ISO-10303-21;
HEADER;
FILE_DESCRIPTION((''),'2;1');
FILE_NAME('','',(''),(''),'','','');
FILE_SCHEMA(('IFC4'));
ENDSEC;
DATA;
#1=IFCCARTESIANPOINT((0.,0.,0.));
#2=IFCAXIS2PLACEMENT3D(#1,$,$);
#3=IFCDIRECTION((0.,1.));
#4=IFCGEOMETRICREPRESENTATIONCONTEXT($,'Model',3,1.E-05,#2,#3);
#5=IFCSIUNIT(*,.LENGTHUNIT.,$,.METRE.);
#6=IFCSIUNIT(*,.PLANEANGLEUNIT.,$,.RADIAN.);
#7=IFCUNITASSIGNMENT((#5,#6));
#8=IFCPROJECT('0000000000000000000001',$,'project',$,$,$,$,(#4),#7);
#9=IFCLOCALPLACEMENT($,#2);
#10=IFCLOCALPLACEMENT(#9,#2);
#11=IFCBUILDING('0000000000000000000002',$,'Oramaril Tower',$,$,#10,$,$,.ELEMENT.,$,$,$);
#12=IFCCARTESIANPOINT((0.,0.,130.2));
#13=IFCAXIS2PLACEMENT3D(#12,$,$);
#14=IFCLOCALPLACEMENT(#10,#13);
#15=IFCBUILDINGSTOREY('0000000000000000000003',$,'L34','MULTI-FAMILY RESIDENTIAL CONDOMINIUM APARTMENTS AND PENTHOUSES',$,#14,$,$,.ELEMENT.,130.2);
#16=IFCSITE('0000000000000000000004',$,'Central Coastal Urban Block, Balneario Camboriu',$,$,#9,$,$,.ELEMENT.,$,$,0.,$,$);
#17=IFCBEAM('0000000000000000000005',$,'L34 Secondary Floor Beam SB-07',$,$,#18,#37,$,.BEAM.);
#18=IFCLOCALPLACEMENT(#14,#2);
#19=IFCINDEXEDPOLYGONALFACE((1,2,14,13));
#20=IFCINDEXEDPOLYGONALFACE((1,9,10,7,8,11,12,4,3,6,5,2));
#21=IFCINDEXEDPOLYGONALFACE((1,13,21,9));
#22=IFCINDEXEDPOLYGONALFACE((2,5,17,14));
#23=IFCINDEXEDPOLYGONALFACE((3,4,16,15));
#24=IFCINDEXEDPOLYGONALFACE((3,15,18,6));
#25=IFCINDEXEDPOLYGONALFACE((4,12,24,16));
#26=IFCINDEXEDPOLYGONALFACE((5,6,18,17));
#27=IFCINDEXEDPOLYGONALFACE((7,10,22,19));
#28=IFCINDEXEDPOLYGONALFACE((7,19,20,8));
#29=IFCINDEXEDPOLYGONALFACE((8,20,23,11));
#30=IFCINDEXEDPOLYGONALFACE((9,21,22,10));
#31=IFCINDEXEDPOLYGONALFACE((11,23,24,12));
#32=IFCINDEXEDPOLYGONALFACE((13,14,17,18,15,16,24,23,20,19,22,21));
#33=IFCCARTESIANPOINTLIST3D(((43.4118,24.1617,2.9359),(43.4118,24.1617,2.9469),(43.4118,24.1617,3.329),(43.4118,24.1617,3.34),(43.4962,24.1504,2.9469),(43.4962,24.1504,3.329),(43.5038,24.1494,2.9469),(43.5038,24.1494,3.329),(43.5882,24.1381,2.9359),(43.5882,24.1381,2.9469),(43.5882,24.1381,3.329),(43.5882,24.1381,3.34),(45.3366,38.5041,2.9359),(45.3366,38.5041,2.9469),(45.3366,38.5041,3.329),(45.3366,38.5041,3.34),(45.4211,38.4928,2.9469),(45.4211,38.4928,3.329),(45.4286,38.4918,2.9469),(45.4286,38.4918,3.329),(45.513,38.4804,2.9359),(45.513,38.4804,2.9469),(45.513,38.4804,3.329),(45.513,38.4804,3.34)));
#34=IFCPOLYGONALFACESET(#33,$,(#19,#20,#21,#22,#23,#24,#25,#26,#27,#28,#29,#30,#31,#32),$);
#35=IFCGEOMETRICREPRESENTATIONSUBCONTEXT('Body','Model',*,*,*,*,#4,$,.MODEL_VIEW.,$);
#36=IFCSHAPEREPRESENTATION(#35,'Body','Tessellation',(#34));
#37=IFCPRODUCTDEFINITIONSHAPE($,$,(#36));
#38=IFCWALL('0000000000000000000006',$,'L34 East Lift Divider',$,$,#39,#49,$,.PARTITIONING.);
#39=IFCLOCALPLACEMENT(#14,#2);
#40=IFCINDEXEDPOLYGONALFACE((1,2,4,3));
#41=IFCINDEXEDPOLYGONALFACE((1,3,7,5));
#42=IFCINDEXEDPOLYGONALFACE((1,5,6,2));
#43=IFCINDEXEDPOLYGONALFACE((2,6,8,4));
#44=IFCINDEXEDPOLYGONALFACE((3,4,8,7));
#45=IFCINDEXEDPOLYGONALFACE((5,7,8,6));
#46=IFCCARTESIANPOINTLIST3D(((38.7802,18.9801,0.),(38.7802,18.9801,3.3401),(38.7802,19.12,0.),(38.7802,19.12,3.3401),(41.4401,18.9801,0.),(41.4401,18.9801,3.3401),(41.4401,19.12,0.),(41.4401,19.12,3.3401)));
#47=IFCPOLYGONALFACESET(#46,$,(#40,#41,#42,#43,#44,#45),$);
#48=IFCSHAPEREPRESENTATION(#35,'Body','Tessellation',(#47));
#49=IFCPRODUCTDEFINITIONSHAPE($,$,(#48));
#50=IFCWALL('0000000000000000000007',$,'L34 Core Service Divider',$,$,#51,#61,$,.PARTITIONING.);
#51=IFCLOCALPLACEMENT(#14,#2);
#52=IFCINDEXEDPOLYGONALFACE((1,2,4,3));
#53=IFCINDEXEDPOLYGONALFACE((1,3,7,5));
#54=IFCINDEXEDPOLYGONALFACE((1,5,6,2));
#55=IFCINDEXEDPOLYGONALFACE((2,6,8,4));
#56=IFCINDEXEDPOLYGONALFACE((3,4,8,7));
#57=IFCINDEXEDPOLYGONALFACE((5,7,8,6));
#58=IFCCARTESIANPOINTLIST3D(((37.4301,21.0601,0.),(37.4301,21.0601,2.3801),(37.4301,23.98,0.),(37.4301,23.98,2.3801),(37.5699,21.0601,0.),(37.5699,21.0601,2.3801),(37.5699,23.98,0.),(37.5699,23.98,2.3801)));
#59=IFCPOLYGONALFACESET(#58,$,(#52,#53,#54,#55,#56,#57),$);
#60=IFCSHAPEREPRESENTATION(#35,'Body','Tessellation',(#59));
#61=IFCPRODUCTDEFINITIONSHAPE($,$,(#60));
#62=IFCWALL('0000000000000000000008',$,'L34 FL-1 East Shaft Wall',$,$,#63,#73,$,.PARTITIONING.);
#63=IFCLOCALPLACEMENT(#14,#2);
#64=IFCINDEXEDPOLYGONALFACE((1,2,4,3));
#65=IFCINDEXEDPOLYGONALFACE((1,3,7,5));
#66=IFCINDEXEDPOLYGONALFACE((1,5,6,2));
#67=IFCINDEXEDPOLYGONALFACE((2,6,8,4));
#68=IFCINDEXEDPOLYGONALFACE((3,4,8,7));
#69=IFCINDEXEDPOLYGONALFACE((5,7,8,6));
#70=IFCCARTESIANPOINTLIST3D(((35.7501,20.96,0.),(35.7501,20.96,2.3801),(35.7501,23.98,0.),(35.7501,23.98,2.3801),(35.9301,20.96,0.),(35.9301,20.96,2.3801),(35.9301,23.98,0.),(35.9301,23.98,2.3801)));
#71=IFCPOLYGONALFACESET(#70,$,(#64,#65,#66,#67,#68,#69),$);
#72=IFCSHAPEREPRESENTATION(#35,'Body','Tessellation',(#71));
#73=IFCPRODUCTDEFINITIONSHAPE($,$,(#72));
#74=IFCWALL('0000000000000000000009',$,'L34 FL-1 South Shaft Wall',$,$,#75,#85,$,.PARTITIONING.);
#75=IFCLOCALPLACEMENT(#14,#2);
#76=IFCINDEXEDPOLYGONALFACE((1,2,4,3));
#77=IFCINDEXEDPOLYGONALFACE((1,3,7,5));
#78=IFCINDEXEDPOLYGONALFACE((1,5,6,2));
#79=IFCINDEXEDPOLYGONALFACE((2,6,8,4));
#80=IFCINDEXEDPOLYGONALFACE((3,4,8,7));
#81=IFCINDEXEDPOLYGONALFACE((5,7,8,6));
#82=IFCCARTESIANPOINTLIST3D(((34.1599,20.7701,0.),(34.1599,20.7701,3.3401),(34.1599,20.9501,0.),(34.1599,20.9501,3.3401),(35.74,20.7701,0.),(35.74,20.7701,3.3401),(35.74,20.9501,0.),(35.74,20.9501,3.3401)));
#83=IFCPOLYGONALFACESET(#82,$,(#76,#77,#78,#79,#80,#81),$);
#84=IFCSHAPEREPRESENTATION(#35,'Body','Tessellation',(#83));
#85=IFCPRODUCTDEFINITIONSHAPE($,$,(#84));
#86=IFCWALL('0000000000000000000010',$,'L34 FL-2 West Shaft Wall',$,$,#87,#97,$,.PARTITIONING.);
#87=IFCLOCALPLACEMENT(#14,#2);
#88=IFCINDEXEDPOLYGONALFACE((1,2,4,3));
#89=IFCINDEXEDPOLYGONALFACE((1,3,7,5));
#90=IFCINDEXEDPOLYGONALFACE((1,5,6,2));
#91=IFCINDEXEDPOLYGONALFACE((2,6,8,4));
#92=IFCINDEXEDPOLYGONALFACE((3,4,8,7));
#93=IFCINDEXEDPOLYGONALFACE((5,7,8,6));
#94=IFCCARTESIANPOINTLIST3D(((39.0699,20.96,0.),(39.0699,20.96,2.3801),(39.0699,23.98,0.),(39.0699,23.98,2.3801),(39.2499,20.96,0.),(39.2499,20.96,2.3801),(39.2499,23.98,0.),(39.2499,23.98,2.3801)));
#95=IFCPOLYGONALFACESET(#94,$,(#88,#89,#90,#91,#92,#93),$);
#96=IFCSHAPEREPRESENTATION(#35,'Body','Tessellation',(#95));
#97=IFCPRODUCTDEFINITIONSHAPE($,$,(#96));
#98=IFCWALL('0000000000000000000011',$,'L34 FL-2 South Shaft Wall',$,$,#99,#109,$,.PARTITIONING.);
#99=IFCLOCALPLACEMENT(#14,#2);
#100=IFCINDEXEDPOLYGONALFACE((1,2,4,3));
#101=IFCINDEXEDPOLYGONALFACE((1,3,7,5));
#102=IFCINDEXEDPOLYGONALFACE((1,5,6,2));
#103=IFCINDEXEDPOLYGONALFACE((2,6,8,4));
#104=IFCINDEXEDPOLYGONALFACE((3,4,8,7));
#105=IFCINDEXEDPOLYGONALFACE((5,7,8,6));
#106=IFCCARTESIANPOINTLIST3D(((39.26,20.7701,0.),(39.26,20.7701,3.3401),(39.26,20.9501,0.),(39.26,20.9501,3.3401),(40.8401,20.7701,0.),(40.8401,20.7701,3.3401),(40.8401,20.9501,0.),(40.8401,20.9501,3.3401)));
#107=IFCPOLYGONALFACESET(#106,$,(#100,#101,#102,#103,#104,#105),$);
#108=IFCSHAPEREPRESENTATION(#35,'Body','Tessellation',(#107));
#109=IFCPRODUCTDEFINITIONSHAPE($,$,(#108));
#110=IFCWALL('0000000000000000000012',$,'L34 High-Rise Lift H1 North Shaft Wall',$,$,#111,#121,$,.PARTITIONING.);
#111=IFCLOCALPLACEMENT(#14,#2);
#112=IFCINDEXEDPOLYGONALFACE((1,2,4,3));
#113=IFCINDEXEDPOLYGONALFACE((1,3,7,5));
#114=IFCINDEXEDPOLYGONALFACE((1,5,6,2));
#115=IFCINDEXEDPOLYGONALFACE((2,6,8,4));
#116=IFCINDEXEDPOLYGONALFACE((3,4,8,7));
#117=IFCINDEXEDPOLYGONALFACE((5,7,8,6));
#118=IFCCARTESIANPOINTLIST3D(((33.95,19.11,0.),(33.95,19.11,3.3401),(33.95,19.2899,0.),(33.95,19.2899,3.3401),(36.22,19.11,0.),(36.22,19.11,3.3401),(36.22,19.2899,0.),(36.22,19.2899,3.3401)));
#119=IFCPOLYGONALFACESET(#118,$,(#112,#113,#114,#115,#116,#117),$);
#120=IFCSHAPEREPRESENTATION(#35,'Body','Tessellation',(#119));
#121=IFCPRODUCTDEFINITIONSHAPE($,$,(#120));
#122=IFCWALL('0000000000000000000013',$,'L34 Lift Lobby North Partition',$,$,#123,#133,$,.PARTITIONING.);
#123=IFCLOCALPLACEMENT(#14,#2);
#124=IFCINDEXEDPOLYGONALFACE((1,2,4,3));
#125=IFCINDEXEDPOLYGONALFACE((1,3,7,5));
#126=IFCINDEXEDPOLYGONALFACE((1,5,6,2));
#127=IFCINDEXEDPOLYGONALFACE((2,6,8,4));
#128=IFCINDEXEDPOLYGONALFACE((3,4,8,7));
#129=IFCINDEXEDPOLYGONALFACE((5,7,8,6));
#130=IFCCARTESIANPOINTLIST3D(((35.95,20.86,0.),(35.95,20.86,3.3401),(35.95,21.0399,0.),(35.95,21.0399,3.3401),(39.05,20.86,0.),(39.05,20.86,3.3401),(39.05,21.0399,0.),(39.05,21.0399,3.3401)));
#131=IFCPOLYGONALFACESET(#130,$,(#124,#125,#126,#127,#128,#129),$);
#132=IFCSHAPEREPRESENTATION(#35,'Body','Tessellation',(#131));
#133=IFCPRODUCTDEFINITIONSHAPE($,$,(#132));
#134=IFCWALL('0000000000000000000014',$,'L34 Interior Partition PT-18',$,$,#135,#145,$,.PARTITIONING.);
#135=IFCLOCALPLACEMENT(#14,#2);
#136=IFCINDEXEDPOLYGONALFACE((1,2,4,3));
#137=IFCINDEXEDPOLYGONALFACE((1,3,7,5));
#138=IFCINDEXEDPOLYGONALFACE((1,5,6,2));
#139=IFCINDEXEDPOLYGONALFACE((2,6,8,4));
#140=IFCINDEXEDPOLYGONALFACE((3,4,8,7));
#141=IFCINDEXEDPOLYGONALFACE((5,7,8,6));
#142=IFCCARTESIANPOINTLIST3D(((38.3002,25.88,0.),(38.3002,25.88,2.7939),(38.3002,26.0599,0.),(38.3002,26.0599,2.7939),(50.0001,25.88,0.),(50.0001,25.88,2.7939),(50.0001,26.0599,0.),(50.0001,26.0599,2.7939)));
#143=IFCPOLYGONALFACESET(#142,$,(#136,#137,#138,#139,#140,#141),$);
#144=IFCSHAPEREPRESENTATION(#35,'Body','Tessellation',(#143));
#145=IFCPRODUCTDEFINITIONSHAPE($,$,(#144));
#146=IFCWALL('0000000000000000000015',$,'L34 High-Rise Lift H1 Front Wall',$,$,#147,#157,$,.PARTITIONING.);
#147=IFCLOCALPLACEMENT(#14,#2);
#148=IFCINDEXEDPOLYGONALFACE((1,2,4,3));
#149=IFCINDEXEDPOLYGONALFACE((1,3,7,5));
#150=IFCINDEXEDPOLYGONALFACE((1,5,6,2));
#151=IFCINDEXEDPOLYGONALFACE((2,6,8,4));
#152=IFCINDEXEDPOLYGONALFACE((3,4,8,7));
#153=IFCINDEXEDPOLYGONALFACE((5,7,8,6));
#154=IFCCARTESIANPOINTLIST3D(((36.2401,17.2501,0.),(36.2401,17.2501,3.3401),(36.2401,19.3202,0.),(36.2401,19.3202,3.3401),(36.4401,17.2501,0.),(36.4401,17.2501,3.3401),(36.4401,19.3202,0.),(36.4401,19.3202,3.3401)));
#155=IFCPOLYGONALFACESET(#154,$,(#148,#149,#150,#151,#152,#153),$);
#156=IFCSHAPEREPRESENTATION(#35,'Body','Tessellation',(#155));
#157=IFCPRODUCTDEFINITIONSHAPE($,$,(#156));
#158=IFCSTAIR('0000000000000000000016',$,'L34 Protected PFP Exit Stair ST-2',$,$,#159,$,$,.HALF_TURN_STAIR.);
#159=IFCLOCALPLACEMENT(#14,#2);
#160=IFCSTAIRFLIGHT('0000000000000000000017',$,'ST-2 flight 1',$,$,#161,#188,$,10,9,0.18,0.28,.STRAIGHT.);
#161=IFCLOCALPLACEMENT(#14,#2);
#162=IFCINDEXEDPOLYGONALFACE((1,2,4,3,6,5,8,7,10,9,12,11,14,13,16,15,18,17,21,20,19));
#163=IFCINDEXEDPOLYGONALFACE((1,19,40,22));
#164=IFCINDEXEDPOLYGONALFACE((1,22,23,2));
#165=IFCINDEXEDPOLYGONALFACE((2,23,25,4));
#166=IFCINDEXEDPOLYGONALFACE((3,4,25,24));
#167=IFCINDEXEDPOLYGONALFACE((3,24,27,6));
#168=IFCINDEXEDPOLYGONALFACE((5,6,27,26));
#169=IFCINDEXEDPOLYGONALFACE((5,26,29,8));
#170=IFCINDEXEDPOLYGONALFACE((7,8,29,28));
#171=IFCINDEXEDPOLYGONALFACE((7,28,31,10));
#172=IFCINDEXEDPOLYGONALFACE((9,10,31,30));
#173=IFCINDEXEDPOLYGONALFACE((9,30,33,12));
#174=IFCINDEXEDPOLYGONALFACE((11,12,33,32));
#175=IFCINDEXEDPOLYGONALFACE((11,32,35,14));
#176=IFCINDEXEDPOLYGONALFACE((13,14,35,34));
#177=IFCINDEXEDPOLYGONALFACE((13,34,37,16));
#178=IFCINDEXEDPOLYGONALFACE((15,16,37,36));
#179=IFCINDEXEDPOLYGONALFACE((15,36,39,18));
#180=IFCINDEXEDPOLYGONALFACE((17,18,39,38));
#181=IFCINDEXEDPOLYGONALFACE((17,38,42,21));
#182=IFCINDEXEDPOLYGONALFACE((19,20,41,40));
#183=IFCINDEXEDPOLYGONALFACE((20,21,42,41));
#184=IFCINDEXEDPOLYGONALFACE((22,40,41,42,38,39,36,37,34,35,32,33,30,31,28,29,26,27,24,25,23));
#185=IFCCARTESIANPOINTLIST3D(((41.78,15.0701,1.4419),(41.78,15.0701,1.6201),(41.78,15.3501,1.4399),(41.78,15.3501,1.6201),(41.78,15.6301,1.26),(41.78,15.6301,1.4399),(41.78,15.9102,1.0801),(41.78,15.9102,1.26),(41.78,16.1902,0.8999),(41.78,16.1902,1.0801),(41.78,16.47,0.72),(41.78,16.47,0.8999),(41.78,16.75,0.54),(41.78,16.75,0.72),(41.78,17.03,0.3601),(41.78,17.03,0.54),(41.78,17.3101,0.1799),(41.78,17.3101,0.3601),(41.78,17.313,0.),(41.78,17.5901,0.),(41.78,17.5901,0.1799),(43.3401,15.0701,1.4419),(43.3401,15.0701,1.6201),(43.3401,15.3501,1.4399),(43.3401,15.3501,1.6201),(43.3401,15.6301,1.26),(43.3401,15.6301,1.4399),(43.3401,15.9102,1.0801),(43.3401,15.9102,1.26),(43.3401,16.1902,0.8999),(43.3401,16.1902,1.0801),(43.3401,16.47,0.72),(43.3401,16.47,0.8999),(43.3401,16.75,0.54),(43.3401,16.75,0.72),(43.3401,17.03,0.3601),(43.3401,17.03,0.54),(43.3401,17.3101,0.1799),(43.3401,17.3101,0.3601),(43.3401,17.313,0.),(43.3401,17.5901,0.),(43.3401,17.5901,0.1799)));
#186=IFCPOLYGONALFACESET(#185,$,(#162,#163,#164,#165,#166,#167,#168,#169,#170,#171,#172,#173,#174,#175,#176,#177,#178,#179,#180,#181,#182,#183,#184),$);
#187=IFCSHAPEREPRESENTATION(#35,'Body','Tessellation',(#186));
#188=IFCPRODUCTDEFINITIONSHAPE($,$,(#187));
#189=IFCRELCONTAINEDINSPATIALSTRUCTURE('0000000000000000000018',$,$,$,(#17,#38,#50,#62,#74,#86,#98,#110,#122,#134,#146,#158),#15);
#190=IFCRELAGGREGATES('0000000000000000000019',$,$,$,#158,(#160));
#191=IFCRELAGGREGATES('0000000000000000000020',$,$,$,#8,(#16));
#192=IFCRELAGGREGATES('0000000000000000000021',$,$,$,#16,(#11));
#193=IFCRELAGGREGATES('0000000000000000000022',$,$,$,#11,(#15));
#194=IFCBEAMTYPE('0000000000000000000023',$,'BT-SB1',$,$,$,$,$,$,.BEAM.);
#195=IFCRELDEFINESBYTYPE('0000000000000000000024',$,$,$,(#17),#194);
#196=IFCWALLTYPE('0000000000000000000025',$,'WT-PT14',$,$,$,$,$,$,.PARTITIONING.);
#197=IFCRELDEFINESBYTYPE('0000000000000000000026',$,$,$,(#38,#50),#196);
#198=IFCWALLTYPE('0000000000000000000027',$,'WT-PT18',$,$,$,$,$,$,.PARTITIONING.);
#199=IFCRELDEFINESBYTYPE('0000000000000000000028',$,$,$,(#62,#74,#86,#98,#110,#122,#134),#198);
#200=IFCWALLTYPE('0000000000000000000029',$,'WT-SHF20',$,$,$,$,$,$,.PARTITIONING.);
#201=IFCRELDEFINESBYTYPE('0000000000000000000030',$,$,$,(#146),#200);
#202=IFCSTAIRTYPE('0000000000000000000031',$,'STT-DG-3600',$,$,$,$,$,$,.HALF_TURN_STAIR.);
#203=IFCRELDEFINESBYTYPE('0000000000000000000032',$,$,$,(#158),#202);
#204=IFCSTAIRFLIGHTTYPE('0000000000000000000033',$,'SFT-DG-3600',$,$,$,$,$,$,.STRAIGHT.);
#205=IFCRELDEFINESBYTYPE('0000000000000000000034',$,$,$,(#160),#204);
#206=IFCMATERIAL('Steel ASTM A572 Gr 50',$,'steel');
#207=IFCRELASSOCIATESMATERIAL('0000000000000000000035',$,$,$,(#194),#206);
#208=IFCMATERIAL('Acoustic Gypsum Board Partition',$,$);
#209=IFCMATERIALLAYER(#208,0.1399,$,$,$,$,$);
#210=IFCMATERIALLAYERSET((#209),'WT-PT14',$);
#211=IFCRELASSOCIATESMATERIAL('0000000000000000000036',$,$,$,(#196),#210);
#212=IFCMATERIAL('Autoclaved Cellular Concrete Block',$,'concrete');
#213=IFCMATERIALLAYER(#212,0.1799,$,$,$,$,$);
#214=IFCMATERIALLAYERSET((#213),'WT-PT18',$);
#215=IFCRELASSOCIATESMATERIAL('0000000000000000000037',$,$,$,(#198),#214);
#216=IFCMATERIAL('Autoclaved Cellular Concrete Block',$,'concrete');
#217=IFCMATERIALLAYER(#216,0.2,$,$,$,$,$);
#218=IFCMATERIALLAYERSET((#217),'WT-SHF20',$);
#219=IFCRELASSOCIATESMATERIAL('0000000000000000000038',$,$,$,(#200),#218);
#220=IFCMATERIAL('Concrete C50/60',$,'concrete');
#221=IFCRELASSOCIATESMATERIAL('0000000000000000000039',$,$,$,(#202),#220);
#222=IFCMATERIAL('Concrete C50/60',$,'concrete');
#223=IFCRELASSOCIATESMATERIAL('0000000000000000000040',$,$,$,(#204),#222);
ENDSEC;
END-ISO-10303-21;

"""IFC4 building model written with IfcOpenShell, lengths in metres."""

from ifc_helpers import new_model, si_unit, direction, frame, frame_2d, origin, origin_2d, place, context, subcontext, project, spatial, polyline, rectangle, i_section, outline, extrude, material, layer, layer_set, material_profile, profile_set, type_object, element, aggregate, save


model = new_model("IFC4")

# Units and contexts
model_context = context("Model", 3, precision=1e-05, world=origin(), true_north=direction((0.0, 1.0)))
body_context = subcontext(model_context, "Body", "Model", "MODEL_VIEW")
ifc_project = project(units=[si_unit("LENGTHUNIT", "METRE"), si_unit("PLANEANGLEUNIT", "RADIAN")], contexts=[model_context])

# Site, building, storey
site_placement = place(None, origin())
site = spatial("IfcSite", under=ifc_project, at=site_placement, Name="Central Coastal Urban Block, Balneario Camboriu", CompositionType="ELEMENT", RefElevation=0.0)
building_placement = place(site_placement, origin())
building = spatial("IfcBuilding", under=site, at=building_placement, Name="Oramaril Tower", CompositionType="ELEMENT")
storey_placement = place(building_placement, frame((0.0, 0.0, 130.2)))
storey = spatial("IfcBuildingStorey", under=building, at=storey_placement, Name="L34", Description="MULTI-FAMILY RESIDENTIAL CONDOMINIUM APARTMENTS AND PENTHOUSES", CompositionType="ELEMENT", Elevation=130.2)

# Beam
ifc_material_1 = material(Name="Steel ASTM A572 Gr 50", Category="steel")
ifc_material_profile = material_profile(ifc_material_1, i_section(OverallWidth=0.178, OverallDepth=0.4041, WebThickness=0.0076, FlangeThickness=0.011, at=origin_2d()), Name="W16X36")
ifc_profile_set = profile_set([ifc_material_profile], Name="Steel ASTM A572 Gr 50")
beam_type = type_object("IfcBeamType", Name="BT-SB1", PredefinedType="BEAM", material=ifc_profile_set)
beam_placement = place(storey_placement, frame((43.5, 24.1499, 3.1379), z_axis=(0.133012, 0.991114, 0.0), x_axis=(-0.991114, 0.133012, 0.0)))
element("IfcBeam", 1, at=beam_placement, inside=storey, type_object=beam_type, Name="L34 Secondary Floor Beam SB-07", PredefinedType="BEAM", context=body_context, shape_type="SweptSolid", body=[
    extrude(i_section(OverallWidth=0.178, OverallDepth=0.4041, WebThickness=0.0076, FlangeThickness=0.011, at=origin_2d()), origin(), (0.0, 0.0, 1.0), 14.4709),
])

# Walls
ifc_material_2 = material(Name="Acoustic Gypsum Board Partition")
ifc_layer_1 = layer(ifc_material_2, 0.1399)
ifc_layer_set_1 = layer_set([ifc_layer_1], Name="WT-PT14")
wall_type_1 = type_object("IfcWallType", Name="WT-PT14", PredefinedType="PARTITIONING", material=ifc_layer_set_1)
wall_1_placement = place(storey_placement, frame((38.78, 19.05, 0.0), z_axis=(0.0, 0.0, 1.0), x_axis=(1.0, 0.0, 0.0)))
element("IfcWall", 2, at=wall_1_placement, inside=storey, type_object=wall_type_1, Name="L34 East Lift Divider", PredefinedType="PARTITIONING", context=body_context, shape_type="SweptSolid", body=[
    extrude(rectangle(XDim=2.6599, YDim=0.1399, at=frame_2d((1.3301, 0.0))), origin(), (0.0, 0.0, 1.0), 3.3401),
])
wall_2_placement = place(storey_placement, frame((37.5, 21.0601, 0.0), z_axis=(0.0, 0.0, 1.0), x_axis=(0.0, 1.0, 0.0)))
element("IfcWall", 3, at=wall_2_placement, inside=storey, type_object=wall_type_1, Name="L34 Core Service Divider", PredefinedType="PARTITIONING", context=body_context, shape_type="SweptSolid", body=[
    extrude(rectangle(XDim=2.9199, YDim=0.1399, at=frame_2d((1.46, 0.0))), origin(), (0.0, 0.0, 1.0), 2.3801),
])
ifc_material_3 = material(Name="Autoclaved Cellular Concrete Block", Category="concrete")
ifc_layer_2 = layer(ifc_material_3, 0.1799)
ifc_layer_set_2 = layer_set([ifc_layer_2], Name="WT-PT18")
wall_type_2 = type_object("IfcWallType", Name="WT-PT18", PredefinedType="PARTITIONING", material=ifc_layer_set_2)
wall_3_placement = place(storey_placement, frame((35.8401, 20.96, 0.0), z_axis=(0.0, 0.0, 1.0), x_axis=(0.0, 1.0, 0.0)))
element("IfcWall", 4, at=wall_3_placement, inside=storey, type_object=wall_type_2, Name="L34 FL-1 East Shaft Wall", PredefinedType="PARTITIONING", context=body_context, shape_type="SweptSolid", body=[
    extrude(rectangle(XDim=3.02, YDim=0.1799, at=frame_2d((1.51, 0.0))), origin(), (0.0, 0.0, 1.0), 2.3801),
])
wall_4_placement = place(storey_placement, frame((34.1599, 20.8601, 0.0), z_axis=(0.0, 0.0, 1.0), x_axis=(1.0, 0.0, 0.0)))
element("IfcWall", 5, at=wall_4_placement, inside=storey, type_object=wall_type_2, Name="L34 FL-1 South Shaft Wall", PredefinedType="PARTITIONING", context=body_context, shape_type="SweptSolid", body=[
    extrude(rectangle(XDim=1.5801, YDim=0.1799, at=frame_2d((0.79, 0.0))), origin(), (0.0, 0.0, 1.0), 3.3401),
])
wall_5_placement = place(storey_placement, frame((39.1599, 20.96, 0.0), z_axis=(0.0, 0.0, 1.0), x_axis=(0.0, 1.0, 0.0)))
element("IfcWall", 6, at=wall_5_placement, inside=storey, type_object=wall_type_2, Name="L34 FL-2 West Shaft Wall", PredefinedType="PARTITIONING", context=body_context, shape_type="SweptSolid", body=[
    extrude(rectangle(XDim=3.02, YDim=0.1799, at=frame_2d((1.51, 0.0))), origin(), (0.0, 0.0, 1.0), 2.3801),
])
wall_6_placement = place(storey_placement, frame((39.26, 20.8601, 0.0), z_axis=(0.0, 0.0, 1.0), x_axis=(1.0, 0.0, 0.0)))
element("IfcWall", 7, at=wall_6_placement, inside=storey, type_object=wall_type_2, Name="L34 FL-2 South Shaft Wall", PredefinedType="PARTITIONING", context=body_context, shape_type="SweptSolid", body=[
    extrude(rectangle(XDim=1.5801, YDim=0.1799, at=frame_2d((0.79, 0.0))), origin(), (0.0, 0.0, 1.0), 3.3401),
])
wall_7_placement = place(storey_placement, frame((33.95, 19.2, 0.0), z_axis=(0.0, 0.0, 1.0), x_axis=(1.0, 0.0, 0.0)))
element("IfcWall", 8, at=wall_7_placement, inside=storey, type_object=wall_type_2, Name="L34 High-Rise Lift H1 North Shaft Wall", PredefinedType="PARTITIONING", context=body_context, shape_type="SweptSolid", body=[
    extrude(rectangle(XDim=2.27, YDim=0.1799, at=frame_2d((1.135, 0.0))), origin(), (0.0, 0.0, 1.0), 3.3401),
])
wall_8_placement = place(storey_placement, frame((35.95, 20.95, 0.0), z_axis=(0.0, 0.0, 1.0), x_axis=(1.0, 0.0, 0.0)))
element("IfcWall", 9, at=wall_8_placement, inside=storey, type_object=wall_type_2, Name="L34 Lift Lobby North Partition", PredefinedType="PARTITIONING", context=body_context, shape_type="SweptSolid", body=[
    extrude(rectangle(XDim=3.1001, YDim=0.1799, at=frame_2d((1.55, 0.0))), origin(), (0.0, 0.0, 1.0), 3.3401),
])
wall_9_placement = place(storey_placement, frame((38.3, 25.97, 0.0), z_axis=(0.0, 0.0, 1.0), x_axis=(1.0, 0.0, 0.0)))
element("IfcWall", 10, at=wall_9_placement, inside=storey, type_object=wall_type_2, Name="L34 Interior Partition PT-18", PredefinedType="PARTITIONING", context=body_context, shape_type="SweptSolid", body=[
    extrude(rectangle(XDim=11.7, YDim=0.1799, at=frame_2d((5.8501, 0.0))), origin(), (0.0, 0.0, 1.0), 2.7939),
])

# Shared definitions
ifc_material_4 = material(Name="Autoclaved Cellular Concrete Block", Category="concrete")
ifc_layer_3 = layer(ifc_material_4, 0.2)
ifc_layer_set_3 = layer_set([ifc_layer_3], Name="WT-SHF20")
wall_type_3 = type_object("IfcWallType", Name="WT-SHF20", PredefinedType="PARTITIONING", material=ifc_layer_set_3)

# Wall
wall_10_placement = place(storey_placement, frame((36.3401, 17.25, 0.0), z_axis=(0.0, 0.0, 1.0), x_axis=(0.0, 1.0, 0.0)))
element("IfcWall", 11, at=wall_10_placement, inside=storey, type_object=wall_type_3, Name="L34 High-Rise Lift H1 Front Wall", PredefinedType="PARTITIONING", context=body_context, shape_type="SweptSolid", body=[
    extrude(rectangle(XDim=2.0701, YDim=0.2, at=frame_2d((1.0352, 0.0))), origin(), (0.0, 0.0, 1.0), 3.3401),
])

# Stair, stair flight
ifc_material_5 = material(Name="Concrete C50/60", Category="concrete")
stair_type = type_object("IfcStairType", Name="STT-DG-3600", PredefinedType="HALF_TURN_STAIR", material=ifc_material_5)
stair_placement = place(storey_placement, origin())
stair = element("IfcStair", 12, at=stair_placement, inside=storey, type_object=stair_type, Name="L34 Protected PFP Exit Stair ST-2", PredefinedType="HALF_TURN_STAIR")
ifc_material_6 = material(Name="Concrete C50/60", Category="concrete")
stair_flight_type = type_object("IfcStairFlightType", Name="SFT-DG-3600", PredefinedType="STRAIGHT", material=ifc_material_6)
stair_flight_placement = place(storey_placement, frame((42.5601, 17.5901, 0.0), z_axis=(0.0, 0.0, 1.0), x_axis=(0.0, -1.0, 0.0)))
stair_flight = element("IfcStairFlight", 13, at=stair_flight_placement, type_object=stair_flight_type, Name="ST-2 flight 1", NumberOfRisers=10, NumberOfTreads=9, PredefinedType="STRAIGHT", RiserHeight=0.18, TreadLength=0.28, context=body_context, shape_type="SweptSolid", body=[
    extrude(outline(polyline([(0.0, 0.0), (0.0, 0.1799), (0.28, 0.1799), (0.28, 0.3601), (0.5601, 0.3601), (0.5601, 0.54), (0.8401, 0.54), (0.8401, 0.72), (1.1201, 0.72), (1.1201, 0.8999), (1.3999, 0.8999), (1.3999, 1.0801), (1.6799, 1.0801), (1.6799, 1.26), (1.96, 1.26), (1.96, 1.4399), (2.24, 1.4399), (2.24, 1.6201), (2.52, 1.6201), (2.52, 1.8), (2.52, 1.4419), (0.2771, 0.0), (0.0, 0.0)])), frame((0.0, 0.78, 0.0), z_axis=(0.0, -1.0, 0.0), x_axis=(1.0, 0.0, 0.0)), (0.0, 0.0, 1.0), 1.5601),
])
aggregate(stair, [stair_flight])

save(model, "model.ifc")
